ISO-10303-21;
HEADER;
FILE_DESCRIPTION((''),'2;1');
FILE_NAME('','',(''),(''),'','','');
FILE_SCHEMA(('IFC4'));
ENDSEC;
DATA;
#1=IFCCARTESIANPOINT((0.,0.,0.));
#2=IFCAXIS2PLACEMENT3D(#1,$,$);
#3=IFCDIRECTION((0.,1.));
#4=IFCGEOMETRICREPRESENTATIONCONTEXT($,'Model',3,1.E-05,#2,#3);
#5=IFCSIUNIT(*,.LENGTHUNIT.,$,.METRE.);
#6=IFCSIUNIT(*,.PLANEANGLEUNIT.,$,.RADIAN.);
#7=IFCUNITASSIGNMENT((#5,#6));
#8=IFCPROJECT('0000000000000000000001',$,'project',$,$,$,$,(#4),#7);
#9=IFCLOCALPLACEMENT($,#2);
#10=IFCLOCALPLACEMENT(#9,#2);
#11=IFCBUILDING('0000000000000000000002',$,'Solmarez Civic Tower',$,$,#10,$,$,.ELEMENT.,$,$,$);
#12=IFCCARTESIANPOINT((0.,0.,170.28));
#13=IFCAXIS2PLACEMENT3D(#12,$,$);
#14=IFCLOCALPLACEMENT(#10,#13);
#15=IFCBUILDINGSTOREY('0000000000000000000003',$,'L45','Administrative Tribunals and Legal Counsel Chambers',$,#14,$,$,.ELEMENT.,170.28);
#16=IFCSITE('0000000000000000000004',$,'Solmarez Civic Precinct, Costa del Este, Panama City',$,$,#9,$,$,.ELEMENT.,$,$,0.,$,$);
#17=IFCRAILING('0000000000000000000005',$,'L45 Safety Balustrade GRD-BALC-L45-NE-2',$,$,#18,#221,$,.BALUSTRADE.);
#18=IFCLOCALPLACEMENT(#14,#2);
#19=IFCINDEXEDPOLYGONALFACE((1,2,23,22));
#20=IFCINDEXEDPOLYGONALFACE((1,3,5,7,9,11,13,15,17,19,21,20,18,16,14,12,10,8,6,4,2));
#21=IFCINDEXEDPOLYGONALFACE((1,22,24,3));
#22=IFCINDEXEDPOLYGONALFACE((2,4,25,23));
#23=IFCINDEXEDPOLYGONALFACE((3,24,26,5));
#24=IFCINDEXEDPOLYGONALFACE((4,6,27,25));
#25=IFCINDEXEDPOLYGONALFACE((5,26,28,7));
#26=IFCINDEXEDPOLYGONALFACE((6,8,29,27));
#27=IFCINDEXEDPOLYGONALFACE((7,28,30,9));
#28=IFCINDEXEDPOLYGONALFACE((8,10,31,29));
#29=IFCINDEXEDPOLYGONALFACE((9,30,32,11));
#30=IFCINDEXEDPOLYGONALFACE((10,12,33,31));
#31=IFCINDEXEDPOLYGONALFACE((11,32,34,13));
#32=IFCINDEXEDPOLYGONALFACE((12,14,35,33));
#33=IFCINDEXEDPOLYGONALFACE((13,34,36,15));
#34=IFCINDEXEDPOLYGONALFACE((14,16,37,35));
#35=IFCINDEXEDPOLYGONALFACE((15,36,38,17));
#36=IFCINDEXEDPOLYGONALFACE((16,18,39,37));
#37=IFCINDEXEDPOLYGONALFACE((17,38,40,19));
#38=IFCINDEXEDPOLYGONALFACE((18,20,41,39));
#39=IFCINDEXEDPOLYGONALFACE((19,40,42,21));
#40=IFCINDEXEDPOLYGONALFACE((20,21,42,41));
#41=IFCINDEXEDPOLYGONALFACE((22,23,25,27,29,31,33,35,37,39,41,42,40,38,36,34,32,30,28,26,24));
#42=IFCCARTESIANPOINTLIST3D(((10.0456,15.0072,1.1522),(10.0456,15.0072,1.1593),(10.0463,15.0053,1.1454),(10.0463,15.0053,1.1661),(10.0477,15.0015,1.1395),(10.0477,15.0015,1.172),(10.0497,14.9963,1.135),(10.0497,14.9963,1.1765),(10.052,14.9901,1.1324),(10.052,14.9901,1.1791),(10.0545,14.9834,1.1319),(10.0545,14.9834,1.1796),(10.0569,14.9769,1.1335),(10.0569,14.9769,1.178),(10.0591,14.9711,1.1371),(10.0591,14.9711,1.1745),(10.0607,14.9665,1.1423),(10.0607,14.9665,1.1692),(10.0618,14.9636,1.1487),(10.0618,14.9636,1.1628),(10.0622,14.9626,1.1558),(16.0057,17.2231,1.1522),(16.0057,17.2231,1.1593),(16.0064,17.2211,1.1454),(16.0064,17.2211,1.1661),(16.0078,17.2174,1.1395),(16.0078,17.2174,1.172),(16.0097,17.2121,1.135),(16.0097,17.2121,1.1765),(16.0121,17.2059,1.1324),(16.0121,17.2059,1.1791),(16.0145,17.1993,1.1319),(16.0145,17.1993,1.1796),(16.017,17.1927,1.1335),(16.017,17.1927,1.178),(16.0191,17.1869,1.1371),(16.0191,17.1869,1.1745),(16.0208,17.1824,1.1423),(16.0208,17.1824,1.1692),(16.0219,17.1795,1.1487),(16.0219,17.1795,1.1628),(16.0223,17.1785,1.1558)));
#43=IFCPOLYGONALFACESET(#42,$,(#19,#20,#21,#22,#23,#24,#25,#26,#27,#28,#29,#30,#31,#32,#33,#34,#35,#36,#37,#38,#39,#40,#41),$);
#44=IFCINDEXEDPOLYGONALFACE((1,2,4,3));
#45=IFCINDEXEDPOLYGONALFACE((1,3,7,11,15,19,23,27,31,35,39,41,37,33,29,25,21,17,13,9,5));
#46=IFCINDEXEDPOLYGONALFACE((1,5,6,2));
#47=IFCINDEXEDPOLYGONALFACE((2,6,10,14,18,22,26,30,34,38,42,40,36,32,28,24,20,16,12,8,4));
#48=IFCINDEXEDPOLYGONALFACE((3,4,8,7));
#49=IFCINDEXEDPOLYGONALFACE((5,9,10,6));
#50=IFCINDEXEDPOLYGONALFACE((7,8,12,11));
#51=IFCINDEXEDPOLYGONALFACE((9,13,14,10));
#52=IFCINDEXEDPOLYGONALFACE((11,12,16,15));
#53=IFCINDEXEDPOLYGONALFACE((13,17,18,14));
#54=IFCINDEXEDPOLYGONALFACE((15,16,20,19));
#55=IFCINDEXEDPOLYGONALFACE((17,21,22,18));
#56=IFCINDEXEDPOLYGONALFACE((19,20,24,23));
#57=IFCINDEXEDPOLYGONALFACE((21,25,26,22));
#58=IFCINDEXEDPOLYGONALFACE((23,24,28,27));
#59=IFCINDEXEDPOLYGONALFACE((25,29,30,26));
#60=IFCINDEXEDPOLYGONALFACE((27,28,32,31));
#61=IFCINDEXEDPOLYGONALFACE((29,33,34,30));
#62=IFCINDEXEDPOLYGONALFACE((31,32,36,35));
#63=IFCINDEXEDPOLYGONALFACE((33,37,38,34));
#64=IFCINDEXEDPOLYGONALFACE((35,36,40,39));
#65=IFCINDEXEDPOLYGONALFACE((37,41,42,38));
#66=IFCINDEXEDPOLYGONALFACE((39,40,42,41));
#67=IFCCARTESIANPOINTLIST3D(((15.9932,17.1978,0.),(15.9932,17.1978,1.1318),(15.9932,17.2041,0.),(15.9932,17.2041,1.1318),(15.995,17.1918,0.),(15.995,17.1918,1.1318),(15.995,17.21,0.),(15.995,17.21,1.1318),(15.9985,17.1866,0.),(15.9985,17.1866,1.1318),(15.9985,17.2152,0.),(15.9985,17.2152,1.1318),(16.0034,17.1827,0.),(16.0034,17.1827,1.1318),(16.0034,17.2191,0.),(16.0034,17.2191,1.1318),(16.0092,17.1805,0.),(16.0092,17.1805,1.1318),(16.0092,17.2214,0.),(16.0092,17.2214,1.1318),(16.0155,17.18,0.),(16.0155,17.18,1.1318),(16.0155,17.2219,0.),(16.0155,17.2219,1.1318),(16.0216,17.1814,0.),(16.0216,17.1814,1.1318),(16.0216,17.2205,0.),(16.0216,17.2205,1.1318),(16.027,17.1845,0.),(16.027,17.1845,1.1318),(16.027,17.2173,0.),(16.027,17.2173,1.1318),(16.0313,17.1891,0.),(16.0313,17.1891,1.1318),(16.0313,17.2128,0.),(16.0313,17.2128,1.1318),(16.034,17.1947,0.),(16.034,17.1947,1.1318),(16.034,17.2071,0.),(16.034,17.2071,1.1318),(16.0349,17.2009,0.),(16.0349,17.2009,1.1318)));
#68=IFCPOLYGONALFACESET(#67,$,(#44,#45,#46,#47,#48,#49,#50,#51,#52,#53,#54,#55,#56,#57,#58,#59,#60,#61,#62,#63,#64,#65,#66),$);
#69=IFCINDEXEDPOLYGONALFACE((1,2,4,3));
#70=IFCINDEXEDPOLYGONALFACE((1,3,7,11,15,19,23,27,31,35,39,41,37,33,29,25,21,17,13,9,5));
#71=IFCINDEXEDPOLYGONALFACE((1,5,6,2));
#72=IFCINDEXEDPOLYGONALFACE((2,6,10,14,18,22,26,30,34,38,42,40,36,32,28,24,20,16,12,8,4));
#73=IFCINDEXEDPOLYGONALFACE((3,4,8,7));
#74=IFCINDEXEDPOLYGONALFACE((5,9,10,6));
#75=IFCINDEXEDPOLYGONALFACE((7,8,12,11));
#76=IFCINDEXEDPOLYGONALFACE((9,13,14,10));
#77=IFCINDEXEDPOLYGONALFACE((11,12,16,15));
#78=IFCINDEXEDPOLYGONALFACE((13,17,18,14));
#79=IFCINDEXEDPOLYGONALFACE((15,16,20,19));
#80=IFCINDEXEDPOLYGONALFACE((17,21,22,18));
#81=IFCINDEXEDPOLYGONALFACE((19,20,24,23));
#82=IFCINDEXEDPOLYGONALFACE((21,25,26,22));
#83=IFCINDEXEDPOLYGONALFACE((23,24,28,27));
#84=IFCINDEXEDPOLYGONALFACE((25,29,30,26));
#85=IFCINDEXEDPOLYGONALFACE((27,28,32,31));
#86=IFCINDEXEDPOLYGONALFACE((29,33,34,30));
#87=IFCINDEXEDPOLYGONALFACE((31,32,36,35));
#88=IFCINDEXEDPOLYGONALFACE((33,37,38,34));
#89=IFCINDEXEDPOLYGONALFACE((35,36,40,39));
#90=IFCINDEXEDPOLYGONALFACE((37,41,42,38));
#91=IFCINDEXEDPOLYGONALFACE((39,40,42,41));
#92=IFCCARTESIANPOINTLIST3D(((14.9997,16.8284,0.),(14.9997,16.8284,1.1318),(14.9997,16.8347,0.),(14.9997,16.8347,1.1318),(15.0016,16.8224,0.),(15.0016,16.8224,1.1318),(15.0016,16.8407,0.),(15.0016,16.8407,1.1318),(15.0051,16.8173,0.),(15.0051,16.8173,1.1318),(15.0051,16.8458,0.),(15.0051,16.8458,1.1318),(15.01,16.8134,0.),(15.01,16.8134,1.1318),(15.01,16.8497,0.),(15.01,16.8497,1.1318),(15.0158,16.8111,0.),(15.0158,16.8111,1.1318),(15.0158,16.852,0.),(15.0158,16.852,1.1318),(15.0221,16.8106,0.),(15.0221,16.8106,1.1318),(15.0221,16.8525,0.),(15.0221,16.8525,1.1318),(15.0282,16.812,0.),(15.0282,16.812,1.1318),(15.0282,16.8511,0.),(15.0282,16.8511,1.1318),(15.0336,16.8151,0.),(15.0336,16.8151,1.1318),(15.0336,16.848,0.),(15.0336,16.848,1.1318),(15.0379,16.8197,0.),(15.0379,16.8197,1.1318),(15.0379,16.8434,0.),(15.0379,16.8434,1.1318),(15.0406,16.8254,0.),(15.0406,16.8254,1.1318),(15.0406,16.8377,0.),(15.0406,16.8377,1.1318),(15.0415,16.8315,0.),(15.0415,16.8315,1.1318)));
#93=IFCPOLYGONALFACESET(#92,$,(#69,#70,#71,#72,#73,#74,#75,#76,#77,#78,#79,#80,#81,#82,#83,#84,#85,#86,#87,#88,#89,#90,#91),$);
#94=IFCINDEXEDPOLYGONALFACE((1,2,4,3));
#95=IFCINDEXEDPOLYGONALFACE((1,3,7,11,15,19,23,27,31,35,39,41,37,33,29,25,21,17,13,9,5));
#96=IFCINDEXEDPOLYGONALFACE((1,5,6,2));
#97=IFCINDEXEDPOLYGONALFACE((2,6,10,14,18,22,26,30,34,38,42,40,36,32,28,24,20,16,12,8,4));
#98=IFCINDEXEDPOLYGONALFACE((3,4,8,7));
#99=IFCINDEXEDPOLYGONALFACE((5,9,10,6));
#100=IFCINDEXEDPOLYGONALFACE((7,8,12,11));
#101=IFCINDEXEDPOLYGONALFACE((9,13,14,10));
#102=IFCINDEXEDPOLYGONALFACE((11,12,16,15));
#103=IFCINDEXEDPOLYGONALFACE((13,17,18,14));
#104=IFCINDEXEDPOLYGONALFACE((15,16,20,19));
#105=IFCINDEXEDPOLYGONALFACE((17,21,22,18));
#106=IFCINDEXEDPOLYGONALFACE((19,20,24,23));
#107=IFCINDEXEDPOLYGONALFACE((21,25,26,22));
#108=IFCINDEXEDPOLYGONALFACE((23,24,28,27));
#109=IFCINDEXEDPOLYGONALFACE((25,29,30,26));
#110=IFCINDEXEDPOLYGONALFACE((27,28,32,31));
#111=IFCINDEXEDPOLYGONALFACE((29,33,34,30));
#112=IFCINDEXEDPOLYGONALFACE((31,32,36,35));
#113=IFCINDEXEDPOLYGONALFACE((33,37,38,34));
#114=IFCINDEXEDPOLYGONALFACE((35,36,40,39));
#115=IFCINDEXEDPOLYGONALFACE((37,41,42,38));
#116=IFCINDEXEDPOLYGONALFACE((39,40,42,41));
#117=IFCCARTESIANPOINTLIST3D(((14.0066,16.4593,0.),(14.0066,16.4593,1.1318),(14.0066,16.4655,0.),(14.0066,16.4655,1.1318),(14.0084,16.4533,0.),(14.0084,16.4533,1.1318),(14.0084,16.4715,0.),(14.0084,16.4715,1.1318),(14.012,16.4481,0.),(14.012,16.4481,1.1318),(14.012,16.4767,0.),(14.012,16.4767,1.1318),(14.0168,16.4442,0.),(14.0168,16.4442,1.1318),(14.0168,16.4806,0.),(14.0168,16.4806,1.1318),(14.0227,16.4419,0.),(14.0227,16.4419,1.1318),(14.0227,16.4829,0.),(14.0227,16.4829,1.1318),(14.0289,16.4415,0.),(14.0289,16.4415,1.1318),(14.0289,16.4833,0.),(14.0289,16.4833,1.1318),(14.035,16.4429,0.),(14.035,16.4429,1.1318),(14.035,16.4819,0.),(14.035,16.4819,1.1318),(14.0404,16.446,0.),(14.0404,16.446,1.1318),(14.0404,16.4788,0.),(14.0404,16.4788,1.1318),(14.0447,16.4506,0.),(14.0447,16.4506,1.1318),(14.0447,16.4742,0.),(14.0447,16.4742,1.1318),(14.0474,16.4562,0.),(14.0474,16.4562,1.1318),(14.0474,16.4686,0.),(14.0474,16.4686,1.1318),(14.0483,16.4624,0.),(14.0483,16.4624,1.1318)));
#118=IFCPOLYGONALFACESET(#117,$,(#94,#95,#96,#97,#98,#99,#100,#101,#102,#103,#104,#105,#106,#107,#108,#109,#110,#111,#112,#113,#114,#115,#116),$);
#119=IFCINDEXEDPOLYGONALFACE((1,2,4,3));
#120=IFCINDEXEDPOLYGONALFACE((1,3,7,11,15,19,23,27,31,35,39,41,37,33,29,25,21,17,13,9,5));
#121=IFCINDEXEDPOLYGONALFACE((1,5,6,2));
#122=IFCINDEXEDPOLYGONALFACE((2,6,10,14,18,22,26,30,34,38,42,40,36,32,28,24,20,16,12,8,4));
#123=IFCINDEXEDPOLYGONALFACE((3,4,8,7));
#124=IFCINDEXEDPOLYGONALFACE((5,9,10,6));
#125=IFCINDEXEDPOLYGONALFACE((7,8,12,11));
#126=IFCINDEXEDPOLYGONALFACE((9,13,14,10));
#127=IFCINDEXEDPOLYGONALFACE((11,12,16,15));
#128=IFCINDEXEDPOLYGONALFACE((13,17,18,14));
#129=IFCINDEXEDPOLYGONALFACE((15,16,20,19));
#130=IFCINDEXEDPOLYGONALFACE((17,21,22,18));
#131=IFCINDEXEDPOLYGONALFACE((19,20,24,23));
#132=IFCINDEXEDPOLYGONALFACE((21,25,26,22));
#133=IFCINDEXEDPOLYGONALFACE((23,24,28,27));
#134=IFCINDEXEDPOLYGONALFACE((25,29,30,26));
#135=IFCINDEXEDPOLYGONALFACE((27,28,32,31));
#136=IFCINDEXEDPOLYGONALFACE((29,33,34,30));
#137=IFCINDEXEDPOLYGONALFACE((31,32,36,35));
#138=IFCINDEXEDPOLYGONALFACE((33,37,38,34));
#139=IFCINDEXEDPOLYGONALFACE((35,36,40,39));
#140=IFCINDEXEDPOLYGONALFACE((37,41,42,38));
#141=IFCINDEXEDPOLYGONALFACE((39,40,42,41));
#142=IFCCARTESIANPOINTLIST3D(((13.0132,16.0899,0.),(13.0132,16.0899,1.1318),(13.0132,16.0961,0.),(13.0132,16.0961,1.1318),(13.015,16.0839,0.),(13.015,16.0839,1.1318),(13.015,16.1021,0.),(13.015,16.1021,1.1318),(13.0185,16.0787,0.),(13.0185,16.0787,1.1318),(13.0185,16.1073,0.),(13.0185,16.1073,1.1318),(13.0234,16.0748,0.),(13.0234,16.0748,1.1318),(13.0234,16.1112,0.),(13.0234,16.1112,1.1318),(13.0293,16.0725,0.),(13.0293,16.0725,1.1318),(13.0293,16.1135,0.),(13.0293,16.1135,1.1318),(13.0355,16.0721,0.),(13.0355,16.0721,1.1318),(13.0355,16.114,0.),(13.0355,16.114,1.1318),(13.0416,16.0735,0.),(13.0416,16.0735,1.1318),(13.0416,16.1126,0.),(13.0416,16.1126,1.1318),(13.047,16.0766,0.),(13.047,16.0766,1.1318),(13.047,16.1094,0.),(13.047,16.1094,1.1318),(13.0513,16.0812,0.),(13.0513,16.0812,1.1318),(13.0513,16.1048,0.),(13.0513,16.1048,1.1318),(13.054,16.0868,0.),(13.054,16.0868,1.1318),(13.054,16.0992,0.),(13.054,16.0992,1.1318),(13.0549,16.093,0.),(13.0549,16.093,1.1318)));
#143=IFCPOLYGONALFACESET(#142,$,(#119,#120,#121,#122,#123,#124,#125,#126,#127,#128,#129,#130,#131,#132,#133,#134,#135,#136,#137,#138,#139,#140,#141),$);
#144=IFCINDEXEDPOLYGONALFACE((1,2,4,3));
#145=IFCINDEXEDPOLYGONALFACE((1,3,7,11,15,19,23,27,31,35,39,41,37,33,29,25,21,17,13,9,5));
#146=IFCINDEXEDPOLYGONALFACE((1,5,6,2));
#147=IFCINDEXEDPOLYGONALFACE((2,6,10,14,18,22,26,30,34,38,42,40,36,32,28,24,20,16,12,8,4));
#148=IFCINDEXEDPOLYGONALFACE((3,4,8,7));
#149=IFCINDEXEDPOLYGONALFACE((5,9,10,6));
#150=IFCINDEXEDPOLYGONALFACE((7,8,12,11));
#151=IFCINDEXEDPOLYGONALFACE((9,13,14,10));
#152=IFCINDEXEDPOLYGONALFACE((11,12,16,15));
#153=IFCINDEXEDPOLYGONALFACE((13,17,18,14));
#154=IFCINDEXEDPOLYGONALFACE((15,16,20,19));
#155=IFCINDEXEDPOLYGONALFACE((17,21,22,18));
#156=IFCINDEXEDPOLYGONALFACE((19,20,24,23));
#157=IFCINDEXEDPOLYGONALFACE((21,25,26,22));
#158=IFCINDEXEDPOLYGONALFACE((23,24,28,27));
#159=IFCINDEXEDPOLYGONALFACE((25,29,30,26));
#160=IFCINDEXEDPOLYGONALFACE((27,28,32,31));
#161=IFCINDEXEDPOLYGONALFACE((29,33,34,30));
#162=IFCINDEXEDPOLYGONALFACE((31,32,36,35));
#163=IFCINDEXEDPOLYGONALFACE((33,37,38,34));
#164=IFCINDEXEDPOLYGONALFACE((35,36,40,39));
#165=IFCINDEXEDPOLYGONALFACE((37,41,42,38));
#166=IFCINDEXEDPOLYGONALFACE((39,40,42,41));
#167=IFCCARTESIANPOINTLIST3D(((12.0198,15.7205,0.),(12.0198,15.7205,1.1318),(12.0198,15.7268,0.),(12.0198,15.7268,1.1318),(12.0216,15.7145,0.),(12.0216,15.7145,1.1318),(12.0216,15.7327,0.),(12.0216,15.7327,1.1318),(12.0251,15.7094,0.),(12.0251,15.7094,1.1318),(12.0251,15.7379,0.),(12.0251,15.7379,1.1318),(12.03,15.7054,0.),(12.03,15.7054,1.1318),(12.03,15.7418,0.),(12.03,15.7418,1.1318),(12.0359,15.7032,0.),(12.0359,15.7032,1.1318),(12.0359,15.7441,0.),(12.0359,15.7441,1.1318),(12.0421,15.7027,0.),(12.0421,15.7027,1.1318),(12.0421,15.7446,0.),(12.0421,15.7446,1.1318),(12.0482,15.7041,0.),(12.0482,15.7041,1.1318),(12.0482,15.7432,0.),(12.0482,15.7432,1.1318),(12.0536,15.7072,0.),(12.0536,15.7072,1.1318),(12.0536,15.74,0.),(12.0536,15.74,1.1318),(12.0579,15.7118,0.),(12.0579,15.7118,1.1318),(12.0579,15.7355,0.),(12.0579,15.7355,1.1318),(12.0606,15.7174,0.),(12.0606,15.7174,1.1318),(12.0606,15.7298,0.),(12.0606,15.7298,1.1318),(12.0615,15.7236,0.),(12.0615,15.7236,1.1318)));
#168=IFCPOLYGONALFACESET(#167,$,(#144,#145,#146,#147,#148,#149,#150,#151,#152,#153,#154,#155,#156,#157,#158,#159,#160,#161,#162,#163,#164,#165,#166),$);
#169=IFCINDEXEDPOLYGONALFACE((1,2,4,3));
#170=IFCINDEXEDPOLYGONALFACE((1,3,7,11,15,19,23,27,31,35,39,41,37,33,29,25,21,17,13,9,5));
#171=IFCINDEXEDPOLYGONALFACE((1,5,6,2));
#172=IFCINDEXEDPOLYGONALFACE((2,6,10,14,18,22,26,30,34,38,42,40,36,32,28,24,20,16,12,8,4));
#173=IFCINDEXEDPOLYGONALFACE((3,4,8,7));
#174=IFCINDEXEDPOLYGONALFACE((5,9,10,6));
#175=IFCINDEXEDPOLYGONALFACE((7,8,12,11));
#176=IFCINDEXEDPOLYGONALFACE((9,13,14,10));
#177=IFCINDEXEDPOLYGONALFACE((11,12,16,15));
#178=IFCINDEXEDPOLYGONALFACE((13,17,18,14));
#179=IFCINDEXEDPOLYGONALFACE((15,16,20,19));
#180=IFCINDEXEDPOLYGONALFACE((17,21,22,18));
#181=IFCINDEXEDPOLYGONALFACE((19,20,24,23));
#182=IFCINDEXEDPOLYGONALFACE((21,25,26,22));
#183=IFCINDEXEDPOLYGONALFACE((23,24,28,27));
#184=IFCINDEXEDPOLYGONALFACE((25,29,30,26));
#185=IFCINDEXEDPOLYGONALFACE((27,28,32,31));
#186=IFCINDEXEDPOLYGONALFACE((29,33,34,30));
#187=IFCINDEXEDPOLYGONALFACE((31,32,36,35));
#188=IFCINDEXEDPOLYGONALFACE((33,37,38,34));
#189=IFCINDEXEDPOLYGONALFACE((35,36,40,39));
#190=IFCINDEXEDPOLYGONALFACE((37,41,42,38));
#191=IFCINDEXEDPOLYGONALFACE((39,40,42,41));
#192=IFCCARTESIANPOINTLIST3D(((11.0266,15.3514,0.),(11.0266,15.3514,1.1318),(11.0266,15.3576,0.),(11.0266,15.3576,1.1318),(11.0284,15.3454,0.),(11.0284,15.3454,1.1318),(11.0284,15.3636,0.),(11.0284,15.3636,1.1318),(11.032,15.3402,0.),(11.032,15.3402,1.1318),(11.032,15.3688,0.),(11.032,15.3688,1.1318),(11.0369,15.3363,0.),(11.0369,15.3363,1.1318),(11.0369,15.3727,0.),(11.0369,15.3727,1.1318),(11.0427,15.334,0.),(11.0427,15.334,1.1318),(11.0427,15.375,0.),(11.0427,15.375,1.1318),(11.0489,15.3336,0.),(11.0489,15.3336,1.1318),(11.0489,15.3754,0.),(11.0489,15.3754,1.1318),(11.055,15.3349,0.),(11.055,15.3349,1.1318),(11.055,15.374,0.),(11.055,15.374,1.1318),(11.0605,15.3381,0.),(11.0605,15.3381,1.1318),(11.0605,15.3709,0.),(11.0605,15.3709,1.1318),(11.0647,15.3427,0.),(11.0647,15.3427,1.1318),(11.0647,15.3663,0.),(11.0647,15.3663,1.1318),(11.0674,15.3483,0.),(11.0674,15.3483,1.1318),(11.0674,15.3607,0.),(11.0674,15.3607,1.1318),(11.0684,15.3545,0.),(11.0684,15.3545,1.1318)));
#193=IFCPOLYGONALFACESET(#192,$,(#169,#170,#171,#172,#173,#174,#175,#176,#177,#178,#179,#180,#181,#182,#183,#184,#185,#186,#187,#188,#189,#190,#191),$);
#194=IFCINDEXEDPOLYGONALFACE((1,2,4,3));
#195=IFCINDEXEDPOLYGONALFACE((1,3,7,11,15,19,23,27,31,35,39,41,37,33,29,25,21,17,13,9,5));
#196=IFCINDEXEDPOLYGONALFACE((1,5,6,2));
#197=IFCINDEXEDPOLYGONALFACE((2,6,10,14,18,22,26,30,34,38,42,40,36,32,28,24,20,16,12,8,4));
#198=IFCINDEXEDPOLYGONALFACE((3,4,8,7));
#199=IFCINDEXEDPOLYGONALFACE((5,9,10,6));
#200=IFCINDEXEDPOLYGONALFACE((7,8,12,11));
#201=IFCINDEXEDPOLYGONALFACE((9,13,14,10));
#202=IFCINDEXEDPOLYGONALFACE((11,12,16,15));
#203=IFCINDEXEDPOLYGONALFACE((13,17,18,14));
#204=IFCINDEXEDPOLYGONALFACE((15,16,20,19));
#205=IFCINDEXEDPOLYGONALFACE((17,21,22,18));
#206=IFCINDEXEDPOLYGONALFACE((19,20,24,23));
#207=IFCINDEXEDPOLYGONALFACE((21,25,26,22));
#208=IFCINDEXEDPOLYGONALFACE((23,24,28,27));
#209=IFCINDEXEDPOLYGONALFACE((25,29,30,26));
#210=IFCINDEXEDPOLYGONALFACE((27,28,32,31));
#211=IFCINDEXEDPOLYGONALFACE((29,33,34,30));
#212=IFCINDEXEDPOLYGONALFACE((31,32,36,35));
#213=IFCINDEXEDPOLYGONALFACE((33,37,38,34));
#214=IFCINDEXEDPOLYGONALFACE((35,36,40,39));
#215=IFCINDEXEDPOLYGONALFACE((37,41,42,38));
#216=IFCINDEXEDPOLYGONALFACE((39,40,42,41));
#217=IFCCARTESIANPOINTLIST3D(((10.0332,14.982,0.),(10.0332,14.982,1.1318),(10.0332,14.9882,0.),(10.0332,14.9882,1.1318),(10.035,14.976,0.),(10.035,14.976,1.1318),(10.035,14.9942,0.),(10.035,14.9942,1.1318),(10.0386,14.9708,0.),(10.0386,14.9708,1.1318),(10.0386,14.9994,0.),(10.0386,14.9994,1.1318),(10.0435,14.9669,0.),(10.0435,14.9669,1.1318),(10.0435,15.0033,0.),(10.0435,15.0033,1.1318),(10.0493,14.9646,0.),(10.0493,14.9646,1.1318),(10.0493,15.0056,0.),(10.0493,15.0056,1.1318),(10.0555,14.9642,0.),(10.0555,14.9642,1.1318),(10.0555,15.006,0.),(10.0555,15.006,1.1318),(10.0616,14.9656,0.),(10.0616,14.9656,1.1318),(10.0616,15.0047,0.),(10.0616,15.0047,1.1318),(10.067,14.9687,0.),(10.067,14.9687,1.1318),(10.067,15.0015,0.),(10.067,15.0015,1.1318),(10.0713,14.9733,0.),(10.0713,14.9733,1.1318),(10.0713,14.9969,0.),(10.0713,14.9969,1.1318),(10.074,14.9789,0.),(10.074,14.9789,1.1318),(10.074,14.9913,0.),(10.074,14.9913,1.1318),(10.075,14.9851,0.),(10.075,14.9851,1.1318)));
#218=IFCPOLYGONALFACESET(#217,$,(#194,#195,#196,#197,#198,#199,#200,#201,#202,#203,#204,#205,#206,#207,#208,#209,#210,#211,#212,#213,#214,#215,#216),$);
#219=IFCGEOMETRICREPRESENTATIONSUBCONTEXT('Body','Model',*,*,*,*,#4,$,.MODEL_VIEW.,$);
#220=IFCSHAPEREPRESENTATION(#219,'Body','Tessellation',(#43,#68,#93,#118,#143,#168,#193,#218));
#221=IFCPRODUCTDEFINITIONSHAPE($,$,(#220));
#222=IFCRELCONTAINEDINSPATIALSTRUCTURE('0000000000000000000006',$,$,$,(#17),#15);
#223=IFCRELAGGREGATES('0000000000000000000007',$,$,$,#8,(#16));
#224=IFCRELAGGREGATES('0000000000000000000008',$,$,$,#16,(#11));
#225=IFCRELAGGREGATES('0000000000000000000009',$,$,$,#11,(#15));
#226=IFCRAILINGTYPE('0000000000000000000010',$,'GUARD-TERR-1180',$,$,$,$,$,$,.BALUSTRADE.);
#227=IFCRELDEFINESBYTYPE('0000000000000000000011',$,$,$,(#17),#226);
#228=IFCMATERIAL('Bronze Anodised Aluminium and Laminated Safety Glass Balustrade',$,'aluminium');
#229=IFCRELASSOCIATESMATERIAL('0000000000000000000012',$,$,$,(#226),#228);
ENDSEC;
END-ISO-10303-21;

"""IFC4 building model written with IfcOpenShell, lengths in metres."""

from ifc_helpers import new_model, si_unit, direction, frame, origin, origin_2d, place, context, subcontext, project, spatial, circle, extrude, material, type_object, element, save


model = new_model("IFC4")

# Units and contexts
model_context = context("Model", 3, precision=1e-05, world=origin(), true_north=direction((0.0, 1.0)))
body_context = subcontext(model_context, "Body", "Model", "MODEL_VIEW")
ifc_project = project(units=[si_unit("LENGTHUNIT", "METRE"), si_unit("PLANEANGLEUNIT", "RADIAN")], contexts=[model_context])

# Site, building, storey
site_placement = place(None, origin())
site = spatial("IfcSite", under=ifc_project, at=site_placement, Name="Solmarez Civic Precinct, Costa del Este, Panama City", CompositionType="ELEMENT", RefElevation=0.0)
building_placement = place(site_placement, origin())
building = spatial("IfcBuilding", under=site, at=building_placement, Name="Solmarez Civic Tower", CompositionType="ELEMENT")
storey_placement = place(building_placement, frame((0.0, 0.0, 170.28)))
storey = spatial("IfcBuildingStorey", under=building, at=storey_placement, Name="L45", Description="Administrative Tribunals and Legal Counsel Chambers", CompositionType="ELEMENT", Elevation=170.28)

# Railing
ifc_material_1 = material(Name="Bronze Anodised Aluminium and Laminated Safety Glass Balustrade", Category="aluminium")
railing_type = type_object("IfcRailingType", Name="GUARD-TERR-1180", PredefinedType="BALUSTRADE", material=ifc_material_1)
railing_placement = place(storey_placement, frame((16.0139, 17.2009, 0.0)))
element("IfcRailing", 1, at=railing_placement, inside=storey, type_object=railing_type, Name="L45 Safety Balustrade GRD-BALC-L45-NE-2", PredefinedType="BALUSTRADE", context=body_context, shape_type="SweptSolid", body=[
    extrude(circle(Radius=0.0239, at=origin_2d()), frame((0.0, 0.0, 1.1558), z_axis=(-0.937316, -0.34848, 0.0), x_axis=(0.34848, -0.937316, 0.0)), (0.0, 0.0, 1.0), 6.3586),
    extrude(circle(Radius=0.021, at=origin_2d()), origin(), (0.0, 0.0, 1.0), 1.1318),
    extrude(circle(Radius=0.021, at=origin_2d()), frame((-0.9934, -0.3694, 0.0)), (0.0, 0.0, 1.0), 1.1318),
    extrude(circle(Radius=0.021, at=origin_2d()), frame((-1.9866, -0.7385, 0.0)), (0.0, 0.0, 1.0), 1.1318),
    extrude(circle(Radius=0.021, at=origin_2d()), frame((-2.98, -1.1079, 0.0)), (0.0, 0.0, 1.0), 1.1318),
    extrude(circle(Radius=0.021, at=origin_2d()), frame((-3.9734, -1.4773, 0.0)), (0.0, 0.0, 1.0), 1.1318),
    extrude(circle(Radius=0.021, at=origin_2d()), frame((-4.9666, -1.8464, 0.0)), (0.0, 0.0, 1.0), 1.1318),
    extrude(circle(Radius=0.021, at=origin_2d()), frame((-5.96, -2.2158, 0.0)), (0.0, 0.0, 1.0), 1.1318),
])

save(model, "model.ifc")
